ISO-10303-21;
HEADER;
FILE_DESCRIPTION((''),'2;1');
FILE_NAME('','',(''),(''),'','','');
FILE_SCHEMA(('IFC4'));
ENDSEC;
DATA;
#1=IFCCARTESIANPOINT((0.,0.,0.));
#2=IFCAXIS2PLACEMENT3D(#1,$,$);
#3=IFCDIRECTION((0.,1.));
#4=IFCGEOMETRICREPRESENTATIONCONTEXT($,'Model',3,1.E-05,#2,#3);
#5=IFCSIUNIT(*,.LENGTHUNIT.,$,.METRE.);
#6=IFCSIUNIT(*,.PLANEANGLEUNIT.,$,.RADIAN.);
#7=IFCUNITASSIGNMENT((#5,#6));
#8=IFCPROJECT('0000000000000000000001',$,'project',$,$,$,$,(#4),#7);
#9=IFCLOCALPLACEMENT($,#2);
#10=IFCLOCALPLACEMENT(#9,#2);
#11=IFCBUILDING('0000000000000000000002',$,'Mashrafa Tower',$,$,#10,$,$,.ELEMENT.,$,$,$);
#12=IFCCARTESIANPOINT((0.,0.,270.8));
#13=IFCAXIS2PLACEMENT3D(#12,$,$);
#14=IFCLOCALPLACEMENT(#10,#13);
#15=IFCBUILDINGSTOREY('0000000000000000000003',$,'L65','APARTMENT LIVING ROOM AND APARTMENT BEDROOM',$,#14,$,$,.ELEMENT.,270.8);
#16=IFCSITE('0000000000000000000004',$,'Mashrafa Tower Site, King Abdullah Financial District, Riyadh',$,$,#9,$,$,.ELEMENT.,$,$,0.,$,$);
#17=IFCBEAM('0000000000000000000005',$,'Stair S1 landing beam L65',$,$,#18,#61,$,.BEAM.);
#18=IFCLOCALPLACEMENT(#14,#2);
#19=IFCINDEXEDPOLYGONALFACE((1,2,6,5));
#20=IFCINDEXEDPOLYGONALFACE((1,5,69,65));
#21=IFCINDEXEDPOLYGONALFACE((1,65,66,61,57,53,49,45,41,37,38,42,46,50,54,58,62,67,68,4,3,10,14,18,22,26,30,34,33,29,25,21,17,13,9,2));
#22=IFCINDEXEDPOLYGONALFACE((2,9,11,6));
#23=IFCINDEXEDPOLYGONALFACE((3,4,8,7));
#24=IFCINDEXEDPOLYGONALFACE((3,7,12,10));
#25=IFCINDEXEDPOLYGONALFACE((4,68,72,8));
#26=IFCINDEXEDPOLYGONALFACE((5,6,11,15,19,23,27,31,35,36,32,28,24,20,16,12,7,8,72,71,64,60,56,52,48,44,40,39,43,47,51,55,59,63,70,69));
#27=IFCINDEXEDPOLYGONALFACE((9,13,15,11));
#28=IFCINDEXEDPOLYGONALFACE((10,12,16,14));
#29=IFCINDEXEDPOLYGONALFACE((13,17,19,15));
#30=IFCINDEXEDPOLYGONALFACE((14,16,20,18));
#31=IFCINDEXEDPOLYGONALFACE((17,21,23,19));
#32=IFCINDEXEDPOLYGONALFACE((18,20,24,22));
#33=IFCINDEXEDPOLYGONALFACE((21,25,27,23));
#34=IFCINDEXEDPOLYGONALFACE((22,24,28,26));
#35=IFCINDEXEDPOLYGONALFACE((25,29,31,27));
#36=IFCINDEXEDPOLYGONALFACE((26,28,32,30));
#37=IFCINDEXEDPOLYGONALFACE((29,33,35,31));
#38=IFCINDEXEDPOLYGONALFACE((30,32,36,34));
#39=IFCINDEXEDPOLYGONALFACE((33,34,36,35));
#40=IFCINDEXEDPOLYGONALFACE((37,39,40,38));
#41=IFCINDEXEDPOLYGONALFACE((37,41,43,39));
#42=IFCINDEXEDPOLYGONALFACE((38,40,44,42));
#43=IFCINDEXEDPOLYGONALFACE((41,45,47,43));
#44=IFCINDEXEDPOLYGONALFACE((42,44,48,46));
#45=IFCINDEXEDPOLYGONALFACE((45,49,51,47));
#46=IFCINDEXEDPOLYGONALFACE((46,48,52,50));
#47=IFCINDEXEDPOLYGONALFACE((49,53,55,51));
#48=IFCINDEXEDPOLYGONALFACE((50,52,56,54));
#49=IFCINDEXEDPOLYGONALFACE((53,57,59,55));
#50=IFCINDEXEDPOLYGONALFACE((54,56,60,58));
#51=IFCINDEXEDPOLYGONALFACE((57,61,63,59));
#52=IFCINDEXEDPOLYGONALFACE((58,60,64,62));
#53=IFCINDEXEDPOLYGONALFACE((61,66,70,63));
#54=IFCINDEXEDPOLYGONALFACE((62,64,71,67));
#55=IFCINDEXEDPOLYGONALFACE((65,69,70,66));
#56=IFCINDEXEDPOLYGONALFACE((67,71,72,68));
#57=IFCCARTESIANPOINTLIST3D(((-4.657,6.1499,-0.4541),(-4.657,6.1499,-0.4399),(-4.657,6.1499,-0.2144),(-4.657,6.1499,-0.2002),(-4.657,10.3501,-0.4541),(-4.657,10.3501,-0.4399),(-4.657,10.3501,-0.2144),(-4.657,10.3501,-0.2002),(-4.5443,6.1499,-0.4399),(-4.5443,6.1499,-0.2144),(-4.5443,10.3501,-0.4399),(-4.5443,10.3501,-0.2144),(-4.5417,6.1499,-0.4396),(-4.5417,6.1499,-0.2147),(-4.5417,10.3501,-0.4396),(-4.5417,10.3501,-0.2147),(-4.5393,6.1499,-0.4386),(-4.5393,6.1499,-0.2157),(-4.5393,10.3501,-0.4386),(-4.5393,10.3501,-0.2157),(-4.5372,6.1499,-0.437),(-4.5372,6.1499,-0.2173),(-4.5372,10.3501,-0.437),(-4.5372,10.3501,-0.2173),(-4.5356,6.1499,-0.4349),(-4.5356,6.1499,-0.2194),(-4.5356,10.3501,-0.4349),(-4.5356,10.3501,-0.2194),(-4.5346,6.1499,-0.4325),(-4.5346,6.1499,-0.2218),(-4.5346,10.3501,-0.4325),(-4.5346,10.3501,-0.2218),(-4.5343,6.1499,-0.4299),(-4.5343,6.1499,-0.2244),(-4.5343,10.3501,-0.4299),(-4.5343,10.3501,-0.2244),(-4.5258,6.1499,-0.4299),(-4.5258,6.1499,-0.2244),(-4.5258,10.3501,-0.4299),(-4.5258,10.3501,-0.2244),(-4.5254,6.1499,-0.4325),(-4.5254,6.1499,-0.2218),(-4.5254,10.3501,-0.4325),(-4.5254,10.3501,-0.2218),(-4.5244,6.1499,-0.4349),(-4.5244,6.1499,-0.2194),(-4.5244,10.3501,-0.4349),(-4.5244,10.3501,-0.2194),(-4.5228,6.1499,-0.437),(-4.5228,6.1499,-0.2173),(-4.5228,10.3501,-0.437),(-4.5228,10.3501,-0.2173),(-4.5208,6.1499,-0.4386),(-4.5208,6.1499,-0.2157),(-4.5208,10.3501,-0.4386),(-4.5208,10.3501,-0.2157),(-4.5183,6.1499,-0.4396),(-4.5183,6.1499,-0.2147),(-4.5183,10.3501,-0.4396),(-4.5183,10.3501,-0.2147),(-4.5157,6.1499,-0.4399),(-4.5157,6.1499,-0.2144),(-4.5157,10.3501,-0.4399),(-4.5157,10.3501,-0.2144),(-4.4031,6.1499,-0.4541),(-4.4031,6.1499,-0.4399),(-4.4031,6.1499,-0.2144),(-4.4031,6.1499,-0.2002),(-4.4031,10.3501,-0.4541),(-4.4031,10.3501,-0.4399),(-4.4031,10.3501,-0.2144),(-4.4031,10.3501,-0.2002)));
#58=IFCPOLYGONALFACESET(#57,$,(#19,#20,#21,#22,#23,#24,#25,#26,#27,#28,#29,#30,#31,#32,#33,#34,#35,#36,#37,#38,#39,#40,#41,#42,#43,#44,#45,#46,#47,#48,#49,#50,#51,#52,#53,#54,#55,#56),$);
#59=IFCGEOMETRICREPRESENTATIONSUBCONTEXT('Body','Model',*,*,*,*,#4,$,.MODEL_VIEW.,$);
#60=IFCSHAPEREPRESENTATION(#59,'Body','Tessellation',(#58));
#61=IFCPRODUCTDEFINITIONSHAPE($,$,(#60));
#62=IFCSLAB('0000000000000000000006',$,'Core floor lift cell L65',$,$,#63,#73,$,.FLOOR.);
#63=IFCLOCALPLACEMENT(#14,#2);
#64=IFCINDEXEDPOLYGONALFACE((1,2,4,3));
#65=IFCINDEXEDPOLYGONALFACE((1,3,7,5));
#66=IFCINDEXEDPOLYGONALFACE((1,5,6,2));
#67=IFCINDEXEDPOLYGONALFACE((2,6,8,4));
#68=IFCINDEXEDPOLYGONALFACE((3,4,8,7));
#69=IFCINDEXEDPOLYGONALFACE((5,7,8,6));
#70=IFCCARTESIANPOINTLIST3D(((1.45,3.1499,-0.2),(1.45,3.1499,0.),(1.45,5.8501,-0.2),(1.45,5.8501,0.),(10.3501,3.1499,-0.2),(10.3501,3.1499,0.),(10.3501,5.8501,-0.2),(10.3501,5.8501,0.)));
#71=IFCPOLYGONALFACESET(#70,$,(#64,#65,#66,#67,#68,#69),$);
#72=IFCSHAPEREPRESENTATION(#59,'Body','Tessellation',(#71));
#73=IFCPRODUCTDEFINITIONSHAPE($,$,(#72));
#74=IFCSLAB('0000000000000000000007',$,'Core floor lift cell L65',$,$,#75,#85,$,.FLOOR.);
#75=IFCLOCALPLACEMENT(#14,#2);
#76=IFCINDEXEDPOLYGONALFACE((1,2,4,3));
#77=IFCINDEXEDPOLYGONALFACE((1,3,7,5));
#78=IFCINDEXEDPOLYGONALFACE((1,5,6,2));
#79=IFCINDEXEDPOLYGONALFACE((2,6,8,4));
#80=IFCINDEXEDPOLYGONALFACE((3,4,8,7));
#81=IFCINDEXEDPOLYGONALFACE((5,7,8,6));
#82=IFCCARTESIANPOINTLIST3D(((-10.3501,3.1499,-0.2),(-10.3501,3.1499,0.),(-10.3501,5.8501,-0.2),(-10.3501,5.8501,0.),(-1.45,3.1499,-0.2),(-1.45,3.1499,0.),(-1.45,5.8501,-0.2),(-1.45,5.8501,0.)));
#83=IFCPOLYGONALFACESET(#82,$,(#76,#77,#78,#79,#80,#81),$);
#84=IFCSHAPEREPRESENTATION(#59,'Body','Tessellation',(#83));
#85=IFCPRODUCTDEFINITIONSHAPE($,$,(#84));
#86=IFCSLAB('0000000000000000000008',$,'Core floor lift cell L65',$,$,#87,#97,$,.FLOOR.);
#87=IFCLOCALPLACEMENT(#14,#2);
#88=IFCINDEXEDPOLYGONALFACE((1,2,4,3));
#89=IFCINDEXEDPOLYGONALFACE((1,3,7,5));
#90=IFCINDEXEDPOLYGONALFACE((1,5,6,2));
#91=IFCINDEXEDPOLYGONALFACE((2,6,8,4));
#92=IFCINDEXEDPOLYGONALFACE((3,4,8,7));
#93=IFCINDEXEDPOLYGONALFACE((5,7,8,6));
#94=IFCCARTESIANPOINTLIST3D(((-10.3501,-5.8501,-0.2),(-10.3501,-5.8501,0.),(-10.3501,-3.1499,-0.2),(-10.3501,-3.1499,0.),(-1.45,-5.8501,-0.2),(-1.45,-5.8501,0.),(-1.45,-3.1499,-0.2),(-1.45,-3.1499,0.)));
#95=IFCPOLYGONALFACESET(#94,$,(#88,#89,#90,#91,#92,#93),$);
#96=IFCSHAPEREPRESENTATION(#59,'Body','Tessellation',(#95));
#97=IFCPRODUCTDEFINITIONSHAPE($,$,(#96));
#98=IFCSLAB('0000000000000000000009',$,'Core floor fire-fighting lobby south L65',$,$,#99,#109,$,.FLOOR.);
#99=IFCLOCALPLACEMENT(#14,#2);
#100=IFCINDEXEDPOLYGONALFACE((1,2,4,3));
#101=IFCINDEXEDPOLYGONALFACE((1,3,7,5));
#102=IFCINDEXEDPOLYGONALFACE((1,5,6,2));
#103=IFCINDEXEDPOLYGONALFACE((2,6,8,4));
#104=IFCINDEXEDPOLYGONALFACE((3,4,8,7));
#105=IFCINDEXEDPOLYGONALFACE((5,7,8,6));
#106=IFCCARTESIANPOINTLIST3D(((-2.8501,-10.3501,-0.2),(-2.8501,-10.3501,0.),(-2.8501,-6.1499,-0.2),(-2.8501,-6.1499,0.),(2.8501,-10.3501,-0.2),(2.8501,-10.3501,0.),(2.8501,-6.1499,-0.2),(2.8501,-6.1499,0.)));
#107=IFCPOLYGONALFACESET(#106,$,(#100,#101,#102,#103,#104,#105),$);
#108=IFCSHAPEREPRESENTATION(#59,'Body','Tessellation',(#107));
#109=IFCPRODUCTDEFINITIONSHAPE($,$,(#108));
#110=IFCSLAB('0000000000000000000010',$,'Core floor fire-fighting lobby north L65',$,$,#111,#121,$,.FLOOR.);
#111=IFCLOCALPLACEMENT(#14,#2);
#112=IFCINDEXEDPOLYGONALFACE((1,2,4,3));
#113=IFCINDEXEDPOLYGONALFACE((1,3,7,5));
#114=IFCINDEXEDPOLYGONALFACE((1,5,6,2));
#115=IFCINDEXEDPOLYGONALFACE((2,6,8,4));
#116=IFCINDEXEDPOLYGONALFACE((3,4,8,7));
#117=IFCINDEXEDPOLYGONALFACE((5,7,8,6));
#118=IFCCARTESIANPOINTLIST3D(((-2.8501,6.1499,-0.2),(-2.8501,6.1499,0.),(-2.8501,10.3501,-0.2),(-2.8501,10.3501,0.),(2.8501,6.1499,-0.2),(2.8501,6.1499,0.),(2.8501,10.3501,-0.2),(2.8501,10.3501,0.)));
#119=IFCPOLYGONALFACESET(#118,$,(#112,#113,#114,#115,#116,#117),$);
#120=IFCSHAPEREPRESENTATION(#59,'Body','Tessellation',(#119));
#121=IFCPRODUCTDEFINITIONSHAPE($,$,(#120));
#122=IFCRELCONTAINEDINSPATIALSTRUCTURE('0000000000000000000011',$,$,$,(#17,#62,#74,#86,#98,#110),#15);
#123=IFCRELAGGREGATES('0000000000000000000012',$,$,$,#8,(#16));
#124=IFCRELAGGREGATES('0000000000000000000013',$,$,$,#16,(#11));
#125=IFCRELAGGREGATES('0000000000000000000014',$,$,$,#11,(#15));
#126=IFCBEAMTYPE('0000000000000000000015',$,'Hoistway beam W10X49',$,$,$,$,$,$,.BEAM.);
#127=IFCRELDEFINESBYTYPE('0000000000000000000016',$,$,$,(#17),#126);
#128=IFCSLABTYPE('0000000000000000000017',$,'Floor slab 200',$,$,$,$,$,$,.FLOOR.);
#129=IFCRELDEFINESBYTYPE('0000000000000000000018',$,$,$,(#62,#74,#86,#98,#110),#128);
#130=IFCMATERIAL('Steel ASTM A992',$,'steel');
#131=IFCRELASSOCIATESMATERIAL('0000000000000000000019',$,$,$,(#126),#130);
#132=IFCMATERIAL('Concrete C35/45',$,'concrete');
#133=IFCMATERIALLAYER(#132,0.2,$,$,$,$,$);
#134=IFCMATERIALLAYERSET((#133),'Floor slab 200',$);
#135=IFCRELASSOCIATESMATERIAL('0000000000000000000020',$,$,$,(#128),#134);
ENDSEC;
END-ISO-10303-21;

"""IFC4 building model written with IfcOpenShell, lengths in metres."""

from ifc_helpers import new_model, si_unit, direction, frame, origin, origin_2d, place, context, subcontext, project, spatial, polyline, i_section, outline, extrude, material, layer, layer_set, material_profile, profile_set, type_object, element, save


model = new_model("IFC4")

# Units and contexts
model_context = context("Model", 3, precision=1e-05, world=origin(), true_north=direction((0.0, 1.0)))
body_context = subcontext(model_context, "Body", "Model", "MODEL_VIEW")
ifc_project = project(units=[si_unit("LENGTHUNIT", "METRE"), si_unit("PLANEANGLEUNIT", "RADIAN")], contexts=[model_context])

# Site, building, storey
site_placement = place(None, origin())
site = spatial("IfcSite", under=ifc_project, at=site_placement, Name="Mashrafa Tower Site, King Abdullah Financial District, Riyadh", CompositionType="ELEMENT", RefElevation=0.0)
building_placement = place(site_placement, origin())
building = spatial("IfcBuilding", under=site, at=building_placement, Name="Mashrafa Tower", CompositionType="ELEMENT")
storey_placement = place(building_placement, frame((0.0, 0.0, 270.8)))
storey = spatial("IfcBuildingStorey", under=building, at=storey_placement, Name="L65", Description="APARTMENT LIVING ROOM AND APARTMENT BEDROOM", CompositionType="ELEMENT", Elevation=270.8)

# Beam
ifc_material_1 = material(Name="Steel ASTM A992", Category="steel")
ifc_material_profile = material_profile(ifc_material_1, i_section(OverallWidth=0.2539, OverallDepth=0.2539, WebThickness=0.0085, FlangeThickness=0.0142, FilletRadius=0.01, at=origin_2d()), Name="W10X49")
ifc_profile_set = profile_set([ifc_material_profile], Name="Steel ASTM A992")
beam_type = type_object("IfcBeamType", Name="Hoistway beam W10X49", PredefinedType="BEAM", material=ifc_profile_set)
beam_placement = place(storey_placement, frame((-4.53, 6.1499, -0.3271), z_axis=(0.0, 1.0, 0.0), x_axis=(-1.0, 0.0, 0.0)))
element("IfcBeam", 1, at=beam_placement, inside=storey, type_object=beam_type, Name="Stair S1 landing beam L65", PredefinedType="BEAM", context=body_context, shape_type="SweptSolid", body=[
    extrude(i_section(OverallWidth=0.2539, OverallDepth=0.2539, WebThickness=0.0085, FlangeThickness=0.0142, FilletRadius=0.01, at=origin_2d()), origin(), (0.0, 0.0, 1.0), 4.2002),
])

# Slabs
ifc_material_2 = material(Name="Concrete C35/45", Category="concrete")
ifc_layer_1 = layer(ifc_material_2, 0.2)
ifc_layer_set_1 = layer_set([ifc_layer_1], Name="Floor slab 200")
slab_type = type_object("IfcSlabType", Name="Floor slab 200", PredefinedType="FLOOR", material=ifc_layer_set_1)
slab_1_placement = place(storey_placement, frame((0.0, 0.0, -0.2)))
element("IfcSlab", 2, at=slab_1_placement, inside=storey, type_object=slab_type, Name="Core floor lift cell L65", PredefinedType="FLOOR", context=body_context, shape_type="SweptSolid", body=[
    extrude(outline(polyline([(10.3501, 5.8501), (10.3501, 3.1499), (1.45, 3.1499), (1.45, 5.8501), (10.3501, 5.8501)])), origin(), (0.0, 0.0, 1.0), 0.2),
])
slab_2_placement = place(storey_placement, frame((0.0, 0.0, -0.2)))
element("IfcSlab", 3, at=slab_2_placement, inside=storey, type_object=slab_type, Name="Core floor lift cell L65", PredefinedType="FLOOR", context=body_context, shape_type="SweptSolid", body=[
    extrude(outline(polyline([(-1.45, 3.1499), (-10.3501, 3.1499), (-10.3501, 5.8501), (-1.45, 5.8501), (-1.45, 3.1499)])), origin(), (0.0, 0.0, 1.0), 0.2),
])
slab_3_placement = place(storey_placement, frame((0.0, 0.0, -0.2)))
element("IfcSlab", 4, at=slab_3_placement, inside=storey, type_object=slab_type, Name="Core floor lift cell L65", PredefinedType="FLOOR", context=body_context, shape_type="SweptSolid", body=[
    extrude(outline(polyline([(-1.45, -3.1499), (-1.45, -5.8501), (-10.3501, -5.8501), (-10.3501, -3.1499), (-1.45, -3.1499)])), origin(), (0.0, 0.0, 1.0), 0.2),
])
slab_4_placement = place(storey_placement, frame((0.0, 0.0, -0.2)))
element("IfcSlab", 5, at=slab_4_placement, inside=storey, type_object=slab_type, Name="Core floor fire-fighting lobby south L65", PredefinedType="FLOOR", context=body_context, shape_type="SweptSolid", body=[
    extrude(outline(polyline([(2.8501, -6.1499), (2.8501, -10.3501), (-2.8501, -10.3501), (-2.8501, -6.1499), (2.8501, -6.1499)])), origin(), (0.0, 0.0, 1.0), 0.2),
])
slab_5_placement = place(storey_placement, frame((0.0, 0.0, -0.2)))
element("IfcSlab", 6, at=slab_5_placement, inside=storey, type_object=slab_type, Name="Core floor fire-fighting lobby north L65", PredefinedType="FLOOR", context=body_context, shape_type="SweptSolid", body=[
    extrude(outline(polyline([(-2.8501, 10.3501), (2.8501, 10.3501), (2.8501, 6.1499), (-2.8501, 6.1499), (-2.8501, 10.3501)])), origin(), (0.0, 0.0, 1.0), 0.2),
])

save(model, "model.ifc")
